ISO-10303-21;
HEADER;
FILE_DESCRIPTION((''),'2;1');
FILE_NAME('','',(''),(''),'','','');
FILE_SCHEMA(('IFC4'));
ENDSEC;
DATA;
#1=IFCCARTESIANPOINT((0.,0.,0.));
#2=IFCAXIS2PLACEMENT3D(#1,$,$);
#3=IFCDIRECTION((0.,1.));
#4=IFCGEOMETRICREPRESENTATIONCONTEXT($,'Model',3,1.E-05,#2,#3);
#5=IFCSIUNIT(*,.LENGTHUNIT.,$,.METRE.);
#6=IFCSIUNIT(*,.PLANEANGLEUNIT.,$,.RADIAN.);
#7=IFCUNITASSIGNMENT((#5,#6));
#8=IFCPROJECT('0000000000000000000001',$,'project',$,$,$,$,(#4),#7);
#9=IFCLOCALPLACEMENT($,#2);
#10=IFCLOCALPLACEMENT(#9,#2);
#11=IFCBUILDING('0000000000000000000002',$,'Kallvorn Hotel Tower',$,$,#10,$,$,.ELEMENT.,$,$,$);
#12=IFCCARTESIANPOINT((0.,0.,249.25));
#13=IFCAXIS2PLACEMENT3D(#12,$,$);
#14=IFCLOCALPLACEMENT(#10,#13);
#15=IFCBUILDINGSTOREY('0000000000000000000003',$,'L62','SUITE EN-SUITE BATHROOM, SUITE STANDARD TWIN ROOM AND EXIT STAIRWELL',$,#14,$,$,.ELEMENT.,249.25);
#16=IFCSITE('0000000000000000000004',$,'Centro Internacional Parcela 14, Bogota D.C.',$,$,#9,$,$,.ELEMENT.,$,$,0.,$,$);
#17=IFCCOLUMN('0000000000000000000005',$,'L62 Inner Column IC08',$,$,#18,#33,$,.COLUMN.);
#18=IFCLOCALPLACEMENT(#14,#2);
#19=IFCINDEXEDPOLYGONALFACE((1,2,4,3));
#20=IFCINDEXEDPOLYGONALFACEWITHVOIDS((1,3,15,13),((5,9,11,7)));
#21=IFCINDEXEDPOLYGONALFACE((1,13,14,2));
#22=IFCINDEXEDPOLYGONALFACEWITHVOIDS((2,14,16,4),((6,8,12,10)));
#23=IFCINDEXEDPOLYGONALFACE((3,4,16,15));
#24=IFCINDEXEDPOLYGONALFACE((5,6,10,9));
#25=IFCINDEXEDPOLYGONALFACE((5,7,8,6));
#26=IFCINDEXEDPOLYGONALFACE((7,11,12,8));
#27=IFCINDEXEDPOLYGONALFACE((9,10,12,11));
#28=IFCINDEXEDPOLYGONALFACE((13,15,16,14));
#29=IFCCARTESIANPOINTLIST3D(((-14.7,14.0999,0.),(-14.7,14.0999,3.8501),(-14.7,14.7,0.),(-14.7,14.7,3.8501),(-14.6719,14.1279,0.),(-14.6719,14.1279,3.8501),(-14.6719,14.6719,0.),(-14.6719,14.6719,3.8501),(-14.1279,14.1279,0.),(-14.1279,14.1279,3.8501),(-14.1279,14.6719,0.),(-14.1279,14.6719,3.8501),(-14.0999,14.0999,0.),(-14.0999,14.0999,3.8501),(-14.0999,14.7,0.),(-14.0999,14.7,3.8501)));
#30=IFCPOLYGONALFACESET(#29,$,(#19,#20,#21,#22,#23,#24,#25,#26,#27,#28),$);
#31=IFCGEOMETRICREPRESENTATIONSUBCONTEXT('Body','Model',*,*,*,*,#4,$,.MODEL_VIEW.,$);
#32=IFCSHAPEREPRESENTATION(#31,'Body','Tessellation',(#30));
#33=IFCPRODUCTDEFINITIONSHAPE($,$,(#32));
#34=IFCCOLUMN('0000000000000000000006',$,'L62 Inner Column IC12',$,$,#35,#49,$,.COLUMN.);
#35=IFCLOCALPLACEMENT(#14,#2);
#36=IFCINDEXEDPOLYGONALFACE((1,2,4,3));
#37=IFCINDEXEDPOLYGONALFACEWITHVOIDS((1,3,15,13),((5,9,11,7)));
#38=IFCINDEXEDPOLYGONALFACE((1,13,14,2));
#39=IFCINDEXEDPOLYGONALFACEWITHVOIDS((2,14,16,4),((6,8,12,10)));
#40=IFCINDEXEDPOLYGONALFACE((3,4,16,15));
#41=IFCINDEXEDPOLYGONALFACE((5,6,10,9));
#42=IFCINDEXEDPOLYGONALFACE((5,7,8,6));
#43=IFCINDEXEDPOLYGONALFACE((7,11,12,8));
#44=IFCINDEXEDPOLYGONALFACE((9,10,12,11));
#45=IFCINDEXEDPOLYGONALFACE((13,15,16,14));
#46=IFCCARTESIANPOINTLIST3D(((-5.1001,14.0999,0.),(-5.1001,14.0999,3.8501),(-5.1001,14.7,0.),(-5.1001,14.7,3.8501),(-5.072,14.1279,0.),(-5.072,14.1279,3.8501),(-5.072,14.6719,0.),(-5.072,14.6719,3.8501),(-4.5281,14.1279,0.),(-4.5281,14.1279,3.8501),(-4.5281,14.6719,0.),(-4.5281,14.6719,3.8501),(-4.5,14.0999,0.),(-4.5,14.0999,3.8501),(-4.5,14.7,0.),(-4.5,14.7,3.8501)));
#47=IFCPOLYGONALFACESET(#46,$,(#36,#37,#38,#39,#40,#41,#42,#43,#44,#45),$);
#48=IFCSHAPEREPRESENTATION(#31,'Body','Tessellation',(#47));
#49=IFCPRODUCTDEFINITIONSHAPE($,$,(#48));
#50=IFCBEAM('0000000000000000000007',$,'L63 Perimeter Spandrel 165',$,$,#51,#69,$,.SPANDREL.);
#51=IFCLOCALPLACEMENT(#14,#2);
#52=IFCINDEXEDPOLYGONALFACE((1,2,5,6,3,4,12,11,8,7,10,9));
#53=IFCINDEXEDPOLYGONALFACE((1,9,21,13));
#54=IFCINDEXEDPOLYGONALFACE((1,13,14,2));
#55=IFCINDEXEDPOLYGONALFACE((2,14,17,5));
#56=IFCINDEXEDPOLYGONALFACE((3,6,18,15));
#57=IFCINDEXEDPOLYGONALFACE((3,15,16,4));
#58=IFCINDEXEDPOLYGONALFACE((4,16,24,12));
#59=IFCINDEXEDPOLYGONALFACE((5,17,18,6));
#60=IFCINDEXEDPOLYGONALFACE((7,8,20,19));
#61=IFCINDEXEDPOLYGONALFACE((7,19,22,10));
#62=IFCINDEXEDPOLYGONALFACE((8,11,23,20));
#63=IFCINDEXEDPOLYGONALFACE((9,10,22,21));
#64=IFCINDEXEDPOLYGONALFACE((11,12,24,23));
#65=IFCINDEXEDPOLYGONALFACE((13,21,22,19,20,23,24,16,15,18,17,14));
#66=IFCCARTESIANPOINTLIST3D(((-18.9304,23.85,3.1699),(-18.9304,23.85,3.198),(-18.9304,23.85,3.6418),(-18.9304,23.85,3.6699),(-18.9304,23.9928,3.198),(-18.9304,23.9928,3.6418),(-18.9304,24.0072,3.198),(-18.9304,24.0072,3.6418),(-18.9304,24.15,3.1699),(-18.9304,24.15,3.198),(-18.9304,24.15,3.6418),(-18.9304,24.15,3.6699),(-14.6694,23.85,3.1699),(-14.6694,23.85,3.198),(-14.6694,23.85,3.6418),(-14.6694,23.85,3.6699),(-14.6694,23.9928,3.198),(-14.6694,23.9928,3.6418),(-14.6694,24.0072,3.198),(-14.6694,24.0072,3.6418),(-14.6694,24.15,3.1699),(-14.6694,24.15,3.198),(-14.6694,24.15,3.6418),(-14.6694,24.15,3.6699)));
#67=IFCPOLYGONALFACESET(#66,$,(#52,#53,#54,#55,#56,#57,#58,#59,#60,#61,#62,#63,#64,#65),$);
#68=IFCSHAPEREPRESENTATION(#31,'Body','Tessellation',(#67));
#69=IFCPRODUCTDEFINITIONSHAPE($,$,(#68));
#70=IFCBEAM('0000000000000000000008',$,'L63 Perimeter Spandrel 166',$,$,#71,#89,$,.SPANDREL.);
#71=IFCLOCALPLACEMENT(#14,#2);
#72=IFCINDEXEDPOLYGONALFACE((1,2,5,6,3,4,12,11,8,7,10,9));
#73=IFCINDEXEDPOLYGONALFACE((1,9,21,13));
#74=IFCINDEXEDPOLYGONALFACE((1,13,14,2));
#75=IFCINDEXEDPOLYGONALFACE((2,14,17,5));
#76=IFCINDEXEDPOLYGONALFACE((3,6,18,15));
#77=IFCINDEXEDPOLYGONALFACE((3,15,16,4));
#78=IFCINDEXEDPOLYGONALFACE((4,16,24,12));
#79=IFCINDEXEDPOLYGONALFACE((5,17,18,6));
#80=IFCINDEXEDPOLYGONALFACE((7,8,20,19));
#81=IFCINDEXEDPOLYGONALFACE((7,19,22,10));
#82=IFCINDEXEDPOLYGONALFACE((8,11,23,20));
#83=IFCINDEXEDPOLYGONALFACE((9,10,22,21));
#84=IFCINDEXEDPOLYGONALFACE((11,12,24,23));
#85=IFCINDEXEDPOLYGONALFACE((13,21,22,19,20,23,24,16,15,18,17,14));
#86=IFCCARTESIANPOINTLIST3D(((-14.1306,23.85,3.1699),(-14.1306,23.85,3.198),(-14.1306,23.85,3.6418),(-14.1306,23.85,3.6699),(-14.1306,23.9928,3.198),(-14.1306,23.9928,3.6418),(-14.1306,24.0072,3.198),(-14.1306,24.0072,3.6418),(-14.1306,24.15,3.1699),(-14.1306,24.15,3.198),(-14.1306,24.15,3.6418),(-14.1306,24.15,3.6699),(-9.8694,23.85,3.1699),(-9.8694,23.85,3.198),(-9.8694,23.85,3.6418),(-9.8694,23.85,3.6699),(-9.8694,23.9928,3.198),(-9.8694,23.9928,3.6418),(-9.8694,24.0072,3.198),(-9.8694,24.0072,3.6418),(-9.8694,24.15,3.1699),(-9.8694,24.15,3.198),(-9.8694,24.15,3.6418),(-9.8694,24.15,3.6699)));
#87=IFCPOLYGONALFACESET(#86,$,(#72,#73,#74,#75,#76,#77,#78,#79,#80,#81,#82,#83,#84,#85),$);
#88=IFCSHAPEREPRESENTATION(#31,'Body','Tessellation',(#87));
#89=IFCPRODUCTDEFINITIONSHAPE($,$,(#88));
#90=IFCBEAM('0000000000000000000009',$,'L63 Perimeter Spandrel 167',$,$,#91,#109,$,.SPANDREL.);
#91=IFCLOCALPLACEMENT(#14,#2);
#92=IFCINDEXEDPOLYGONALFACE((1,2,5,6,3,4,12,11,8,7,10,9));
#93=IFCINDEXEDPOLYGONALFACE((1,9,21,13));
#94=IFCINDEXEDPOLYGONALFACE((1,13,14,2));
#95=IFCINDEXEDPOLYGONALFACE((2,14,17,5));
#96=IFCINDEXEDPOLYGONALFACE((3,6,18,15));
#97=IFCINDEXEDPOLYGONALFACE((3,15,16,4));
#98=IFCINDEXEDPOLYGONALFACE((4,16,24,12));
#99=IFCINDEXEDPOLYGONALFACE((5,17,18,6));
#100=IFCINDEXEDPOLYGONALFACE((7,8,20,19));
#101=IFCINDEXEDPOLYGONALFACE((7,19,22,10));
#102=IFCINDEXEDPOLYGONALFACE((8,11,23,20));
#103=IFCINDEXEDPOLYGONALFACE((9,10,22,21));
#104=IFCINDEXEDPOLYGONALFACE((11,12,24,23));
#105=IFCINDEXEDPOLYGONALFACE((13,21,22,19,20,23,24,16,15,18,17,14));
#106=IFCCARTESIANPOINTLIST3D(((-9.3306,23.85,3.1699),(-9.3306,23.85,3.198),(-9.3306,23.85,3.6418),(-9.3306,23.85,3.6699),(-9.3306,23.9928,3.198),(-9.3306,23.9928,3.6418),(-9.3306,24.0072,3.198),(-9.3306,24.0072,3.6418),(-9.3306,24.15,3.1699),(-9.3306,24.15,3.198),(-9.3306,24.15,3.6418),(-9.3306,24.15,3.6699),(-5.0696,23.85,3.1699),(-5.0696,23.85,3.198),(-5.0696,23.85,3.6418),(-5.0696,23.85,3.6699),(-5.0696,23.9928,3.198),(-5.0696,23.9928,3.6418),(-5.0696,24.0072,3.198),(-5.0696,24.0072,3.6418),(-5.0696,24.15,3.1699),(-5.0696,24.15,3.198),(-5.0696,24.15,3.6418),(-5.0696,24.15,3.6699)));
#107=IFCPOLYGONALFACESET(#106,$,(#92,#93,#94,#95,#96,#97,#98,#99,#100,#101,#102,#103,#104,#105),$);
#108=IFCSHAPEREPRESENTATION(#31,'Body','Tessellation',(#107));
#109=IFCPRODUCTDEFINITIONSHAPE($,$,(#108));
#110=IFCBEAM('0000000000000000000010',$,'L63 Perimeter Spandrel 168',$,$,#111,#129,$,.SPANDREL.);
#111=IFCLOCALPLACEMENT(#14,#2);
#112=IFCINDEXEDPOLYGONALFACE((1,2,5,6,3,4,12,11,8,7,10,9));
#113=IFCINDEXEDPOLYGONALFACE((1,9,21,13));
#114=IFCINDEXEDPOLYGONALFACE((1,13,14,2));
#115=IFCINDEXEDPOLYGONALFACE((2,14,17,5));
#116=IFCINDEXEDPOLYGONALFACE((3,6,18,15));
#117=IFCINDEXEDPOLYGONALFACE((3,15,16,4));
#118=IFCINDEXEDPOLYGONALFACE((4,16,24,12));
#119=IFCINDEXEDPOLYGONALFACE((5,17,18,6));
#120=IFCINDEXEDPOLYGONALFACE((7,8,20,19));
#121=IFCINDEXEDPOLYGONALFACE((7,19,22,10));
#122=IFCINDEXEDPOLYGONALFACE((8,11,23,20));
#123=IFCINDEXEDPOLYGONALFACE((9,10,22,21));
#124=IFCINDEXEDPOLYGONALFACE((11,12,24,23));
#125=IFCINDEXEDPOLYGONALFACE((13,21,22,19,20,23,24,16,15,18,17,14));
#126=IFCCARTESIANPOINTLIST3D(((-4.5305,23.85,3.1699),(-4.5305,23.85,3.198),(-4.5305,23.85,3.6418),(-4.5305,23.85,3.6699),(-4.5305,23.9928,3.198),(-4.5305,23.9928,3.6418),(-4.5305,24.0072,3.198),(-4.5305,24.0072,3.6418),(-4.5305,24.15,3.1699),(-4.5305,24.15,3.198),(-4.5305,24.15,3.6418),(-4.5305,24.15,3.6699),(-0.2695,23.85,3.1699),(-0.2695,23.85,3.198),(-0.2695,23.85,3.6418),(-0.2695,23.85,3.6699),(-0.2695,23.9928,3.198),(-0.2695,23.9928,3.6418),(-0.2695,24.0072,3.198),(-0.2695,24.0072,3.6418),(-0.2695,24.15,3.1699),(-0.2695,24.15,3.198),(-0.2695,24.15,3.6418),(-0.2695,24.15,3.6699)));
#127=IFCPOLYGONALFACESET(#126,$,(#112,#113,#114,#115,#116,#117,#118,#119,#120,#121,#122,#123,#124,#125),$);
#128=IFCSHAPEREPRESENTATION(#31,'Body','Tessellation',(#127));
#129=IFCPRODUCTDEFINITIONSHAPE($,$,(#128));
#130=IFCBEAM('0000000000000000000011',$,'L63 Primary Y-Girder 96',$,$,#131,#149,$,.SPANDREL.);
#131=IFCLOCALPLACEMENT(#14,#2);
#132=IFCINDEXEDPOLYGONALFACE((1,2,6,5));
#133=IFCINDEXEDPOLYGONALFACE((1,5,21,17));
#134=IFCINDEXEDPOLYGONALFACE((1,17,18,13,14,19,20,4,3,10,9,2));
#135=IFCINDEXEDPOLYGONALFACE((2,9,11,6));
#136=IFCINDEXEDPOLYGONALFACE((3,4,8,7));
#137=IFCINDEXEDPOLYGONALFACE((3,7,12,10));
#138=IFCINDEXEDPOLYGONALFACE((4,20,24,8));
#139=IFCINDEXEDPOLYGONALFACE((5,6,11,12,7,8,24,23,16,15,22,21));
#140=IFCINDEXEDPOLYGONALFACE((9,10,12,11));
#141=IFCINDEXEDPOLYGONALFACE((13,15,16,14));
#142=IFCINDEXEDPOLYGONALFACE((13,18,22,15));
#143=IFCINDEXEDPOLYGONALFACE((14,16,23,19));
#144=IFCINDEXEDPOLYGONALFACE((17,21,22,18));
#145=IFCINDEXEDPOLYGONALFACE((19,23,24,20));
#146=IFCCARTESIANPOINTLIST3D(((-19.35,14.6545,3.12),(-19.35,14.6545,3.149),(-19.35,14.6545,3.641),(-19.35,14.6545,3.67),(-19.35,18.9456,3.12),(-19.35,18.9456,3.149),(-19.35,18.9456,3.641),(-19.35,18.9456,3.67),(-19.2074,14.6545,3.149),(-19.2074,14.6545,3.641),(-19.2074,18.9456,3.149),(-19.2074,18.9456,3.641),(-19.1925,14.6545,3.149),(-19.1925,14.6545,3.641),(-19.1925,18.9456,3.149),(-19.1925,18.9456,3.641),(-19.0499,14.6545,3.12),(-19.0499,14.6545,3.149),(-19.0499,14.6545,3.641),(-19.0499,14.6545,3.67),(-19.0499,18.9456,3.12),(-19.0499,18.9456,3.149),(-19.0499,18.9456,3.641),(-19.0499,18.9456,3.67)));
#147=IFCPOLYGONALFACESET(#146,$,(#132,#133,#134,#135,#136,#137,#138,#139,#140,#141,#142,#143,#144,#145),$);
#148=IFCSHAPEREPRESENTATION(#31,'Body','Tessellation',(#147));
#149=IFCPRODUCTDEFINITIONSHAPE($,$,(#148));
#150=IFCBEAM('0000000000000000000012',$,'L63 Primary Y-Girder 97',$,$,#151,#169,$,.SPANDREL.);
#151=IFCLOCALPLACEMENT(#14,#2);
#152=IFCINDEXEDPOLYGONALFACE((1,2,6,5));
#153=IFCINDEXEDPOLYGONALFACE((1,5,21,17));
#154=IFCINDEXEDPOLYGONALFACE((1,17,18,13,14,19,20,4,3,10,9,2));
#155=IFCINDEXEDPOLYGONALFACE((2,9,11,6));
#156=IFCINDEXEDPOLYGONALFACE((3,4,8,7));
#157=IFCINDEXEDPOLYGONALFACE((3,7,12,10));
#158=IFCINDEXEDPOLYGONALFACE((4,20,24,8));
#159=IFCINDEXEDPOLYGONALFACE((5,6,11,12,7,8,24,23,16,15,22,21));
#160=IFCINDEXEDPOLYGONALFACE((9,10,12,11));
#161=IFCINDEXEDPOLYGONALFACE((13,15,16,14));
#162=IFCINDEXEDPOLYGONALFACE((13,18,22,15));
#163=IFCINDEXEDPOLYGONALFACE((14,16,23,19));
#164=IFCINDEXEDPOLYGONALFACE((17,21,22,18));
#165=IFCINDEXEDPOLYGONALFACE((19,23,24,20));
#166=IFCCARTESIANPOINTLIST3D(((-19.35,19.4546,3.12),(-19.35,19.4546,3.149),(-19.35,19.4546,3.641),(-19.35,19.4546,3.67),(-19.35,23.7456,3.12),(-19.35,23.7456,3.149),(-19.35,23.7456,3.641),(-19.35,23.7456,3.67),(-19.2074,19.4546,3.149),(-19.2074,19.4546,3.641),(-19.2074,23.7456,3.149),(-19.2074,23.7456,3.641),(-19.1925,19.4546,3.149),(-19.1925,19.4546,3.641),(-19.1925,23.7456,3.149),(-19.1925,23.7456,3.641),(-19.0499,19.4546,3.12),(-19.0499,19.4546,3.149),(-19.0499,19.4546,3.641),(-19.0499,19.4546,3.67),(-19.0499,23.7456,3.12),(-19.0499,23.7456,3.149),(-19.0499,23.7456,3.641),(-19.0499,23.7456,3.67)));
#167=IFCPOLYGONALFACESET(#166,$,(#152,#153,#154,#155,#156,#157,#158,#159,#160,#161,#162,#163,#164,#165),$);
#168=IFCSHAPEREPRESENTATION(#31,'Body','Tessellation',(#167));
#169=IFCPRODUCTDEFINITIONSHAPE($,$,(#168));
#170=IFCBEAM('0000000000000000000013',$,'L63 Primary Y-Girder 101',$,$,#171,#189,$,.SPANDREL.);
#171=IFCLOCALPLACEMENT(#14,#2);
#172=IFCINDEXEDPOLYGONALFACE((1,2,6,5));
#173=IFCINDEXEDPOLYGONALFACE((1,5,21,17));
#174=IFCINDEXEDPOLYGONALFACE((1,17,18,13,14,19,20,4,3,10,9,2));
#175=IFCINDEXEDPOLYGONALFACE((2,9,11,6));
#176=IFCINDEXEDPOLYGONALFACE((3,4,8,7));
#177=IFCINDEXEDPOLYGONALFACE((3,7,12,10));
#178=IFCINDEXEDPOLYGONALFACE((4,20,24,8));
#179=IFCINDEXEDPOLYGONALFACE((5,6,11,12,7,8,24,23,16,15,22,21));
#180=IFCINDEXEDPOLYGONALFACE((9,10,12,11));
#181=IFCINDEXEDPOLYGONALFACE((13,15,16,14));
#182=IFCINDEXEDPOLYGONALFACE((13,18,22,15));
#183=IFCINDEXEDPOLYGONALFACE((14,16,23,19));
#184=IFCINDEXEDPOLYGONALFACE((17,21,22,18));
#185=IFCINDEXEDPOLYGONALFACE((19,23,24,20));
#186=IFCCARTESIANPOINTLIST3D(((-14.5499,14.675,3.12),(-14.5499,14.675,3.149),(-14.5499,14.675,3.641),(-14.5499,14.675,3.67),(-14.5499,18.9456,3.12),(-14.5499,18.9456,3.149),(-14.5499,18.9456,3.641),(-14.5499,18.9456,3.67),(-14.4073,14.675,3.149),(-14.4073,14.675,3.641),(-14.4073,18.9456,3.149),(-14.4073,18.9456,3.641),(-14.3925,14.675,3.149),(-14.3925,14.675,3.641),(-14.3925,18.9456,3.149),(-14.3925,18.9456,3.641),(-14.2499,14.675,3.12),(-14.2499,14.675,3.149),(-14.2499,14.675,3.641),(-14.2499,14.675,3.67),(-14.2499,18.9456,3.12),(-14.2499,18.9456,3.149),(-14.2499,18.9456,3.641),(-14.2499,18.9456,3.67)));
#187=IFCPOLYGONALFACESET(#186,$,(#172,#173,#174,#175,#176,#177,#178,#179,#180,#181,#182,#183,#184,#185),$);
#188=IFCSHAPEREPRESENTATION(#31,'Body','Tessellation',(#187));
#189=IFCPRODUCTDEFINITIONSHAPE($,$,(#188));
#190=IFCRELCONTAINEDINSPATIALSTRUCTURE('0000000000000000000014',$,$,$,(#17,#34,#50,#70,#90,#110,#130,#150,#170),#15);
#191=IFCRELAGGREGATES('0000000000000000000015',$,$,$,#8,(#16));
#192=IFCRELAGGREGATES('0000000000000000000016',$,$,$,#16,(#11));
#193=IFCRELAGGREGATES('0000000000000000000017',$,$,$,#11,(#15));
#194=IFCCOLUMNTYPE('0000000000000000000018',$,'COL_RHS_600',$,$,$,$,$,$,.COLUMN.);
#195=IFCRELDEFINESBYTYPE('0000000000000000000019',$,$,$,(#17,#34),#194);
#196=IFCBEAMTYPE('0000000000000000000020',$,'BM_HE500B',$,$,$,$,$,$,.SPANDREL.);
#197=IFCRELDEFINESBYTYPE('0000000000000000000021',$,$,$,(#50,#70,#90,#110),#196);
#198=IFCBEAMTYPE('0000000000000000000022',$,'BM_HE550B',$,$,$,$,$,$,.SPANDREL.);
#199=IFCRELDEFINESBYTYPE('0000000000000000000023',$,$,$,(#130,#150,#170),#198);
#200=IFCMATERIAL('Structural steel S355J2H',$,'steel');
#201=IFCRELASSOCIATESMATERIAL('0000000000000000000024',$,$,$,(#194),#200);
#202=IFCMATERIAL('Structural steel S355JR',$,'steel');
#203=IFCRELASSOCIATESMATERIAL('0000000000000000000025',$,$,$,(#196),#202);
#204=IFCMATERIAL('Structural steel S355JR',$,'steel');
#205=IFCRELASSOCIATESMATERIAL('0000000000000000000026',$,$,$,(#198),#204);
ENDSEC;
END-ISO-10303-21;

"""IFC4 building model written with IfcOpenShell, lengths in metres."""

from ifc_helpers import new_model, si_unit, direction, frame, origin, origin_2d, place, context, subcontext, project, spatial, hollow_rectangle, i_section, extrude, material, material_profile, profile_set, type_object, element, save


model = new_model("IFC4")

# Units and contexts
model_context = context("Model", 3, precision=1e-05, world=origin(), true_north=direction((0.0, 1.0)))
body_context = subcontext(model_context, "Body", "Model", "MODEL_VIEW")
ifc_project = project(units=[si_unit("LENGTHUNIT", "METRE"), si_unit("PLANEANGLEUNIT", "RADIAN")], contexts=[model_context])

# Site, building, storey
site_placement = place(None, origin())
site = spatial("IfcSite", under=ifc_project, at=site_placement, Name="Centro Internacional Parcela 14, Bogota D.C.", CompositionType="ELEMENT", RefElevation=0.0)
building_placement = place(site_placement, origin())
building = spatial("IfcBuilding", under=site, at=building_placement, Name="Kallvorn Hotel Tower", CompositionType="ELEMENT")
storey_placement = place(building_placement, frame((0.0, 0.0, 249.25)))
storey = spatial("IfcBuildingStorey", under=building, at=storey_placement, Name="L62", Description="SUITE EN-SUITE BATHROOM, SUITE STANDARD TWIN ROOM AND EXIT STAIRWELL", CompositionType="ELEMENT", Elevation=249.25)

# Columns
ifc_material_1 = material(Name="Structural steel S355J2H", Category="steel")
ifc_material_profile_1 = material_profile(ifc_material_1, hollow_rectangle(XDim=0.6001, YDim=0.6001, WallThickness=0.0281, at=origin_2d()), Name="RHS 600x600x28")
ifc_profile_set_1 = profile_set([ifc_material_profile_1], Name="Structural steel S355J2H")
column_type_1 = type_object("IfcColumnType", Name="COL_RHS_600", PredefinedType="COLUMN", material=ifc_profile_set_1)
for number, where, z_axis, x_axis, name in (
    (1, (-14.3999, 14.3999, 0.0), (0.0, 0.0, 1.0), (1.0, 0.0, 0.0), "L62 Inner Column IC08"),
    (2, (-4.8, 14.3999, 0.0), (0.0, 0.0, 1.0), (1.0, 0.0, 0.0), "L62 Inner Column IC12"),
):
    element("IfcColumn", number, at=place(storey_placement, frame(where, z_axis=z_axis, x_axis=x_axis)), inside=storey, type_object=column_type_1, Name=name, PredefinedType="COLUMN", context=body_context, shape_type="SweptSolid", body=[
        extrude(hollow_rectangle(XDim=0.6001, YDim=0.6001, WallThickness=0.0281, at=origin_2d()), origin(), (0.0, 0.0, 1.0), 3.8501),
    ])

# Beams
ifc_material_2 = material(Name="Structural steel S355JR", Category="steel")
ifc_material_profile_2 = material_profile(ifc_material_2, i_section(OverallWidth=0.3, OverallDepth=0.5, WebThickness=0.0144, FlangeThickness=0.0281, at=origin_2d()), Name="HE 500 B")
ifc_profile_set_2 = profile_set([ifc_material_profile_2], Name="Structural steel S355JR")
beam_type_1 = type_object("IfcBeamType", Name="BM_HE500B", PredefinedType="SPANDREL", material=ifc_profile_set_2)
beam_1_placement = place(storey_placement, frame((-18.9304, 24.0, 3.4199), z_axis=(1.0, 0.0, 0.0), x_axis=(0.0, 1.0, 0.0)))
element("IfcBeam", 3, at=beam_1_placement, inside=storey, type_object=beam_type_1, Name="L63 Perimeter Spandrel 165", PredefinedType="SPANDREL", context=body_context, shape_type="SweptSolid", body=[
    extrude(i_section(OverallWidth=0.3, OverallDepth=0.5, WebThickness=0.0144, FlangeThickness=0.0281, at=origin_2d()), origin(), (0.0, 0.0, 1.0), 4.261),
])
beam_2_placement = place(storey_placement, frame((-14.1306, 24.0, 3.4199), z_axis=(1.0, 0.0, 0.0), x_axis=(0.0, 1.0, 0.0)))
element("IfcBeam", 4, at=beam_2_placement, inside=storey, type_object=beam_type_1, Name="L63 Perimeter Spandrel 166", PredefinedType="SPANDREL", context=body_context, shape_type="SweptSolid", body=[
    extrude(i_section(OverallWidth=0.3, OverallDepth=0.5, WebThickness=0.0144, FlangeThickness=0.0281, at=origin_2d()), origin(), (0.0, 0.0, 1.0), 4.2612),
])
for number, where, z_axis, x_axis, name in (
    (5, (-9.3306, 24.0, 3.4199), (1.0, 0.0, 0.0), (0.0, 1.0, 0.0), "L63 Perimeter Spandrel 167"),
    (6, (-4.5305, 24.0, 3.4199), (1.0, 0.0, 0.0), (0.0, 1.0, 0.0), "L63 Perimeter Spandrel 168"),
):
    element("IfcBeam", number, at=place(storey_placement, frame(where, z_axis=z_axis, x_axis=x_axis)), inside=storey, type_object=beam_type_1, Name=name, PredefinedType="SPANDREL", context=body_context, shape_type="SweptSolid", body=[
        extrude(i_section(OverallWidth=0.3, OverallDepth=0.5, WebThickness=0.0144, FlangeThickness=0.0281, at=origin_2d()), origin(), (0.0, 0.0, 1.0), 4.261),
    ])
ifc_material_3 = material(Name="Structural steel S355JR", Category="steel")
ifc_material_profile_3 = material_profile(ifc_material_3, i_section(OverallWidth=0.3, OverallDepth=0.55, WebThickness=0.0149, FlangeThickness=0.0291, at=origin_2d()), Name="HE 550 B")
ifc_profile_set_3 = profile_set([ifc_material_profile_3], Name="Structural steel S355JR")
beam_type_2 = type_object("IfcBeamType", Name="BM_HE550B", PredefinedType="SPANDREL", material=ifc_profile_set_3)
for number, where, z_axis, x_axis, name in (
    (7, (-19.2, 14.6545, 3.395), (0.0, 1.0, 0.0), (-1.0, 0.0, 0.0), "L63 Primary Y-Girder 96"),
    (8, (-19.2, 19.4546, 3.395), (0.0, 1.0, 0.0), (-1.0, 0.0, 0.0), "L63 Primary Y-Girder 97"),
):
    element("IfcBeam", number, at=place(storey_placement, frame(where, z_axis=z_axis, x_axis=x_axis)), inside=storey, type_object=beam_type_2, Name=name, PredefinedType="SPANDREL", context=body_context, shape_type="SweptSolid", body=[
        extrude(i_section(OverallWidth=0.3, OverallDepth=0.55, WebThickness=0.0149, FlangeThickness=0.0291, at=origin_2d()), origin(), (0.0, 0.0, 1.0), 4.291),
    ])
beam_3_placement = place(storey_placement, frame((-14.3999, 14.675, 3.395), z_axis=(0.0, 1.0, 0.0), x_axis=(-1.0, 0.0, 0.0)))
element("IfcBeam", 9, at=beam_3_placement, inside=storey, type_object=beam_type_2, Name="L63 Primary Y-Girder 101", PredefinedType="SPANDREL", context=body_context, shape_type="SweptSolid", body=[
    extrude(i_section(OverallWidth=0.3, OverallDepth=0.55, WebThickness=0.0149, FlangeThickness=0.0291, at=origin_2d()), origin(), (0.0, 0.0, 1.0), 4.2705),
])

save(model, "model.ifc")
